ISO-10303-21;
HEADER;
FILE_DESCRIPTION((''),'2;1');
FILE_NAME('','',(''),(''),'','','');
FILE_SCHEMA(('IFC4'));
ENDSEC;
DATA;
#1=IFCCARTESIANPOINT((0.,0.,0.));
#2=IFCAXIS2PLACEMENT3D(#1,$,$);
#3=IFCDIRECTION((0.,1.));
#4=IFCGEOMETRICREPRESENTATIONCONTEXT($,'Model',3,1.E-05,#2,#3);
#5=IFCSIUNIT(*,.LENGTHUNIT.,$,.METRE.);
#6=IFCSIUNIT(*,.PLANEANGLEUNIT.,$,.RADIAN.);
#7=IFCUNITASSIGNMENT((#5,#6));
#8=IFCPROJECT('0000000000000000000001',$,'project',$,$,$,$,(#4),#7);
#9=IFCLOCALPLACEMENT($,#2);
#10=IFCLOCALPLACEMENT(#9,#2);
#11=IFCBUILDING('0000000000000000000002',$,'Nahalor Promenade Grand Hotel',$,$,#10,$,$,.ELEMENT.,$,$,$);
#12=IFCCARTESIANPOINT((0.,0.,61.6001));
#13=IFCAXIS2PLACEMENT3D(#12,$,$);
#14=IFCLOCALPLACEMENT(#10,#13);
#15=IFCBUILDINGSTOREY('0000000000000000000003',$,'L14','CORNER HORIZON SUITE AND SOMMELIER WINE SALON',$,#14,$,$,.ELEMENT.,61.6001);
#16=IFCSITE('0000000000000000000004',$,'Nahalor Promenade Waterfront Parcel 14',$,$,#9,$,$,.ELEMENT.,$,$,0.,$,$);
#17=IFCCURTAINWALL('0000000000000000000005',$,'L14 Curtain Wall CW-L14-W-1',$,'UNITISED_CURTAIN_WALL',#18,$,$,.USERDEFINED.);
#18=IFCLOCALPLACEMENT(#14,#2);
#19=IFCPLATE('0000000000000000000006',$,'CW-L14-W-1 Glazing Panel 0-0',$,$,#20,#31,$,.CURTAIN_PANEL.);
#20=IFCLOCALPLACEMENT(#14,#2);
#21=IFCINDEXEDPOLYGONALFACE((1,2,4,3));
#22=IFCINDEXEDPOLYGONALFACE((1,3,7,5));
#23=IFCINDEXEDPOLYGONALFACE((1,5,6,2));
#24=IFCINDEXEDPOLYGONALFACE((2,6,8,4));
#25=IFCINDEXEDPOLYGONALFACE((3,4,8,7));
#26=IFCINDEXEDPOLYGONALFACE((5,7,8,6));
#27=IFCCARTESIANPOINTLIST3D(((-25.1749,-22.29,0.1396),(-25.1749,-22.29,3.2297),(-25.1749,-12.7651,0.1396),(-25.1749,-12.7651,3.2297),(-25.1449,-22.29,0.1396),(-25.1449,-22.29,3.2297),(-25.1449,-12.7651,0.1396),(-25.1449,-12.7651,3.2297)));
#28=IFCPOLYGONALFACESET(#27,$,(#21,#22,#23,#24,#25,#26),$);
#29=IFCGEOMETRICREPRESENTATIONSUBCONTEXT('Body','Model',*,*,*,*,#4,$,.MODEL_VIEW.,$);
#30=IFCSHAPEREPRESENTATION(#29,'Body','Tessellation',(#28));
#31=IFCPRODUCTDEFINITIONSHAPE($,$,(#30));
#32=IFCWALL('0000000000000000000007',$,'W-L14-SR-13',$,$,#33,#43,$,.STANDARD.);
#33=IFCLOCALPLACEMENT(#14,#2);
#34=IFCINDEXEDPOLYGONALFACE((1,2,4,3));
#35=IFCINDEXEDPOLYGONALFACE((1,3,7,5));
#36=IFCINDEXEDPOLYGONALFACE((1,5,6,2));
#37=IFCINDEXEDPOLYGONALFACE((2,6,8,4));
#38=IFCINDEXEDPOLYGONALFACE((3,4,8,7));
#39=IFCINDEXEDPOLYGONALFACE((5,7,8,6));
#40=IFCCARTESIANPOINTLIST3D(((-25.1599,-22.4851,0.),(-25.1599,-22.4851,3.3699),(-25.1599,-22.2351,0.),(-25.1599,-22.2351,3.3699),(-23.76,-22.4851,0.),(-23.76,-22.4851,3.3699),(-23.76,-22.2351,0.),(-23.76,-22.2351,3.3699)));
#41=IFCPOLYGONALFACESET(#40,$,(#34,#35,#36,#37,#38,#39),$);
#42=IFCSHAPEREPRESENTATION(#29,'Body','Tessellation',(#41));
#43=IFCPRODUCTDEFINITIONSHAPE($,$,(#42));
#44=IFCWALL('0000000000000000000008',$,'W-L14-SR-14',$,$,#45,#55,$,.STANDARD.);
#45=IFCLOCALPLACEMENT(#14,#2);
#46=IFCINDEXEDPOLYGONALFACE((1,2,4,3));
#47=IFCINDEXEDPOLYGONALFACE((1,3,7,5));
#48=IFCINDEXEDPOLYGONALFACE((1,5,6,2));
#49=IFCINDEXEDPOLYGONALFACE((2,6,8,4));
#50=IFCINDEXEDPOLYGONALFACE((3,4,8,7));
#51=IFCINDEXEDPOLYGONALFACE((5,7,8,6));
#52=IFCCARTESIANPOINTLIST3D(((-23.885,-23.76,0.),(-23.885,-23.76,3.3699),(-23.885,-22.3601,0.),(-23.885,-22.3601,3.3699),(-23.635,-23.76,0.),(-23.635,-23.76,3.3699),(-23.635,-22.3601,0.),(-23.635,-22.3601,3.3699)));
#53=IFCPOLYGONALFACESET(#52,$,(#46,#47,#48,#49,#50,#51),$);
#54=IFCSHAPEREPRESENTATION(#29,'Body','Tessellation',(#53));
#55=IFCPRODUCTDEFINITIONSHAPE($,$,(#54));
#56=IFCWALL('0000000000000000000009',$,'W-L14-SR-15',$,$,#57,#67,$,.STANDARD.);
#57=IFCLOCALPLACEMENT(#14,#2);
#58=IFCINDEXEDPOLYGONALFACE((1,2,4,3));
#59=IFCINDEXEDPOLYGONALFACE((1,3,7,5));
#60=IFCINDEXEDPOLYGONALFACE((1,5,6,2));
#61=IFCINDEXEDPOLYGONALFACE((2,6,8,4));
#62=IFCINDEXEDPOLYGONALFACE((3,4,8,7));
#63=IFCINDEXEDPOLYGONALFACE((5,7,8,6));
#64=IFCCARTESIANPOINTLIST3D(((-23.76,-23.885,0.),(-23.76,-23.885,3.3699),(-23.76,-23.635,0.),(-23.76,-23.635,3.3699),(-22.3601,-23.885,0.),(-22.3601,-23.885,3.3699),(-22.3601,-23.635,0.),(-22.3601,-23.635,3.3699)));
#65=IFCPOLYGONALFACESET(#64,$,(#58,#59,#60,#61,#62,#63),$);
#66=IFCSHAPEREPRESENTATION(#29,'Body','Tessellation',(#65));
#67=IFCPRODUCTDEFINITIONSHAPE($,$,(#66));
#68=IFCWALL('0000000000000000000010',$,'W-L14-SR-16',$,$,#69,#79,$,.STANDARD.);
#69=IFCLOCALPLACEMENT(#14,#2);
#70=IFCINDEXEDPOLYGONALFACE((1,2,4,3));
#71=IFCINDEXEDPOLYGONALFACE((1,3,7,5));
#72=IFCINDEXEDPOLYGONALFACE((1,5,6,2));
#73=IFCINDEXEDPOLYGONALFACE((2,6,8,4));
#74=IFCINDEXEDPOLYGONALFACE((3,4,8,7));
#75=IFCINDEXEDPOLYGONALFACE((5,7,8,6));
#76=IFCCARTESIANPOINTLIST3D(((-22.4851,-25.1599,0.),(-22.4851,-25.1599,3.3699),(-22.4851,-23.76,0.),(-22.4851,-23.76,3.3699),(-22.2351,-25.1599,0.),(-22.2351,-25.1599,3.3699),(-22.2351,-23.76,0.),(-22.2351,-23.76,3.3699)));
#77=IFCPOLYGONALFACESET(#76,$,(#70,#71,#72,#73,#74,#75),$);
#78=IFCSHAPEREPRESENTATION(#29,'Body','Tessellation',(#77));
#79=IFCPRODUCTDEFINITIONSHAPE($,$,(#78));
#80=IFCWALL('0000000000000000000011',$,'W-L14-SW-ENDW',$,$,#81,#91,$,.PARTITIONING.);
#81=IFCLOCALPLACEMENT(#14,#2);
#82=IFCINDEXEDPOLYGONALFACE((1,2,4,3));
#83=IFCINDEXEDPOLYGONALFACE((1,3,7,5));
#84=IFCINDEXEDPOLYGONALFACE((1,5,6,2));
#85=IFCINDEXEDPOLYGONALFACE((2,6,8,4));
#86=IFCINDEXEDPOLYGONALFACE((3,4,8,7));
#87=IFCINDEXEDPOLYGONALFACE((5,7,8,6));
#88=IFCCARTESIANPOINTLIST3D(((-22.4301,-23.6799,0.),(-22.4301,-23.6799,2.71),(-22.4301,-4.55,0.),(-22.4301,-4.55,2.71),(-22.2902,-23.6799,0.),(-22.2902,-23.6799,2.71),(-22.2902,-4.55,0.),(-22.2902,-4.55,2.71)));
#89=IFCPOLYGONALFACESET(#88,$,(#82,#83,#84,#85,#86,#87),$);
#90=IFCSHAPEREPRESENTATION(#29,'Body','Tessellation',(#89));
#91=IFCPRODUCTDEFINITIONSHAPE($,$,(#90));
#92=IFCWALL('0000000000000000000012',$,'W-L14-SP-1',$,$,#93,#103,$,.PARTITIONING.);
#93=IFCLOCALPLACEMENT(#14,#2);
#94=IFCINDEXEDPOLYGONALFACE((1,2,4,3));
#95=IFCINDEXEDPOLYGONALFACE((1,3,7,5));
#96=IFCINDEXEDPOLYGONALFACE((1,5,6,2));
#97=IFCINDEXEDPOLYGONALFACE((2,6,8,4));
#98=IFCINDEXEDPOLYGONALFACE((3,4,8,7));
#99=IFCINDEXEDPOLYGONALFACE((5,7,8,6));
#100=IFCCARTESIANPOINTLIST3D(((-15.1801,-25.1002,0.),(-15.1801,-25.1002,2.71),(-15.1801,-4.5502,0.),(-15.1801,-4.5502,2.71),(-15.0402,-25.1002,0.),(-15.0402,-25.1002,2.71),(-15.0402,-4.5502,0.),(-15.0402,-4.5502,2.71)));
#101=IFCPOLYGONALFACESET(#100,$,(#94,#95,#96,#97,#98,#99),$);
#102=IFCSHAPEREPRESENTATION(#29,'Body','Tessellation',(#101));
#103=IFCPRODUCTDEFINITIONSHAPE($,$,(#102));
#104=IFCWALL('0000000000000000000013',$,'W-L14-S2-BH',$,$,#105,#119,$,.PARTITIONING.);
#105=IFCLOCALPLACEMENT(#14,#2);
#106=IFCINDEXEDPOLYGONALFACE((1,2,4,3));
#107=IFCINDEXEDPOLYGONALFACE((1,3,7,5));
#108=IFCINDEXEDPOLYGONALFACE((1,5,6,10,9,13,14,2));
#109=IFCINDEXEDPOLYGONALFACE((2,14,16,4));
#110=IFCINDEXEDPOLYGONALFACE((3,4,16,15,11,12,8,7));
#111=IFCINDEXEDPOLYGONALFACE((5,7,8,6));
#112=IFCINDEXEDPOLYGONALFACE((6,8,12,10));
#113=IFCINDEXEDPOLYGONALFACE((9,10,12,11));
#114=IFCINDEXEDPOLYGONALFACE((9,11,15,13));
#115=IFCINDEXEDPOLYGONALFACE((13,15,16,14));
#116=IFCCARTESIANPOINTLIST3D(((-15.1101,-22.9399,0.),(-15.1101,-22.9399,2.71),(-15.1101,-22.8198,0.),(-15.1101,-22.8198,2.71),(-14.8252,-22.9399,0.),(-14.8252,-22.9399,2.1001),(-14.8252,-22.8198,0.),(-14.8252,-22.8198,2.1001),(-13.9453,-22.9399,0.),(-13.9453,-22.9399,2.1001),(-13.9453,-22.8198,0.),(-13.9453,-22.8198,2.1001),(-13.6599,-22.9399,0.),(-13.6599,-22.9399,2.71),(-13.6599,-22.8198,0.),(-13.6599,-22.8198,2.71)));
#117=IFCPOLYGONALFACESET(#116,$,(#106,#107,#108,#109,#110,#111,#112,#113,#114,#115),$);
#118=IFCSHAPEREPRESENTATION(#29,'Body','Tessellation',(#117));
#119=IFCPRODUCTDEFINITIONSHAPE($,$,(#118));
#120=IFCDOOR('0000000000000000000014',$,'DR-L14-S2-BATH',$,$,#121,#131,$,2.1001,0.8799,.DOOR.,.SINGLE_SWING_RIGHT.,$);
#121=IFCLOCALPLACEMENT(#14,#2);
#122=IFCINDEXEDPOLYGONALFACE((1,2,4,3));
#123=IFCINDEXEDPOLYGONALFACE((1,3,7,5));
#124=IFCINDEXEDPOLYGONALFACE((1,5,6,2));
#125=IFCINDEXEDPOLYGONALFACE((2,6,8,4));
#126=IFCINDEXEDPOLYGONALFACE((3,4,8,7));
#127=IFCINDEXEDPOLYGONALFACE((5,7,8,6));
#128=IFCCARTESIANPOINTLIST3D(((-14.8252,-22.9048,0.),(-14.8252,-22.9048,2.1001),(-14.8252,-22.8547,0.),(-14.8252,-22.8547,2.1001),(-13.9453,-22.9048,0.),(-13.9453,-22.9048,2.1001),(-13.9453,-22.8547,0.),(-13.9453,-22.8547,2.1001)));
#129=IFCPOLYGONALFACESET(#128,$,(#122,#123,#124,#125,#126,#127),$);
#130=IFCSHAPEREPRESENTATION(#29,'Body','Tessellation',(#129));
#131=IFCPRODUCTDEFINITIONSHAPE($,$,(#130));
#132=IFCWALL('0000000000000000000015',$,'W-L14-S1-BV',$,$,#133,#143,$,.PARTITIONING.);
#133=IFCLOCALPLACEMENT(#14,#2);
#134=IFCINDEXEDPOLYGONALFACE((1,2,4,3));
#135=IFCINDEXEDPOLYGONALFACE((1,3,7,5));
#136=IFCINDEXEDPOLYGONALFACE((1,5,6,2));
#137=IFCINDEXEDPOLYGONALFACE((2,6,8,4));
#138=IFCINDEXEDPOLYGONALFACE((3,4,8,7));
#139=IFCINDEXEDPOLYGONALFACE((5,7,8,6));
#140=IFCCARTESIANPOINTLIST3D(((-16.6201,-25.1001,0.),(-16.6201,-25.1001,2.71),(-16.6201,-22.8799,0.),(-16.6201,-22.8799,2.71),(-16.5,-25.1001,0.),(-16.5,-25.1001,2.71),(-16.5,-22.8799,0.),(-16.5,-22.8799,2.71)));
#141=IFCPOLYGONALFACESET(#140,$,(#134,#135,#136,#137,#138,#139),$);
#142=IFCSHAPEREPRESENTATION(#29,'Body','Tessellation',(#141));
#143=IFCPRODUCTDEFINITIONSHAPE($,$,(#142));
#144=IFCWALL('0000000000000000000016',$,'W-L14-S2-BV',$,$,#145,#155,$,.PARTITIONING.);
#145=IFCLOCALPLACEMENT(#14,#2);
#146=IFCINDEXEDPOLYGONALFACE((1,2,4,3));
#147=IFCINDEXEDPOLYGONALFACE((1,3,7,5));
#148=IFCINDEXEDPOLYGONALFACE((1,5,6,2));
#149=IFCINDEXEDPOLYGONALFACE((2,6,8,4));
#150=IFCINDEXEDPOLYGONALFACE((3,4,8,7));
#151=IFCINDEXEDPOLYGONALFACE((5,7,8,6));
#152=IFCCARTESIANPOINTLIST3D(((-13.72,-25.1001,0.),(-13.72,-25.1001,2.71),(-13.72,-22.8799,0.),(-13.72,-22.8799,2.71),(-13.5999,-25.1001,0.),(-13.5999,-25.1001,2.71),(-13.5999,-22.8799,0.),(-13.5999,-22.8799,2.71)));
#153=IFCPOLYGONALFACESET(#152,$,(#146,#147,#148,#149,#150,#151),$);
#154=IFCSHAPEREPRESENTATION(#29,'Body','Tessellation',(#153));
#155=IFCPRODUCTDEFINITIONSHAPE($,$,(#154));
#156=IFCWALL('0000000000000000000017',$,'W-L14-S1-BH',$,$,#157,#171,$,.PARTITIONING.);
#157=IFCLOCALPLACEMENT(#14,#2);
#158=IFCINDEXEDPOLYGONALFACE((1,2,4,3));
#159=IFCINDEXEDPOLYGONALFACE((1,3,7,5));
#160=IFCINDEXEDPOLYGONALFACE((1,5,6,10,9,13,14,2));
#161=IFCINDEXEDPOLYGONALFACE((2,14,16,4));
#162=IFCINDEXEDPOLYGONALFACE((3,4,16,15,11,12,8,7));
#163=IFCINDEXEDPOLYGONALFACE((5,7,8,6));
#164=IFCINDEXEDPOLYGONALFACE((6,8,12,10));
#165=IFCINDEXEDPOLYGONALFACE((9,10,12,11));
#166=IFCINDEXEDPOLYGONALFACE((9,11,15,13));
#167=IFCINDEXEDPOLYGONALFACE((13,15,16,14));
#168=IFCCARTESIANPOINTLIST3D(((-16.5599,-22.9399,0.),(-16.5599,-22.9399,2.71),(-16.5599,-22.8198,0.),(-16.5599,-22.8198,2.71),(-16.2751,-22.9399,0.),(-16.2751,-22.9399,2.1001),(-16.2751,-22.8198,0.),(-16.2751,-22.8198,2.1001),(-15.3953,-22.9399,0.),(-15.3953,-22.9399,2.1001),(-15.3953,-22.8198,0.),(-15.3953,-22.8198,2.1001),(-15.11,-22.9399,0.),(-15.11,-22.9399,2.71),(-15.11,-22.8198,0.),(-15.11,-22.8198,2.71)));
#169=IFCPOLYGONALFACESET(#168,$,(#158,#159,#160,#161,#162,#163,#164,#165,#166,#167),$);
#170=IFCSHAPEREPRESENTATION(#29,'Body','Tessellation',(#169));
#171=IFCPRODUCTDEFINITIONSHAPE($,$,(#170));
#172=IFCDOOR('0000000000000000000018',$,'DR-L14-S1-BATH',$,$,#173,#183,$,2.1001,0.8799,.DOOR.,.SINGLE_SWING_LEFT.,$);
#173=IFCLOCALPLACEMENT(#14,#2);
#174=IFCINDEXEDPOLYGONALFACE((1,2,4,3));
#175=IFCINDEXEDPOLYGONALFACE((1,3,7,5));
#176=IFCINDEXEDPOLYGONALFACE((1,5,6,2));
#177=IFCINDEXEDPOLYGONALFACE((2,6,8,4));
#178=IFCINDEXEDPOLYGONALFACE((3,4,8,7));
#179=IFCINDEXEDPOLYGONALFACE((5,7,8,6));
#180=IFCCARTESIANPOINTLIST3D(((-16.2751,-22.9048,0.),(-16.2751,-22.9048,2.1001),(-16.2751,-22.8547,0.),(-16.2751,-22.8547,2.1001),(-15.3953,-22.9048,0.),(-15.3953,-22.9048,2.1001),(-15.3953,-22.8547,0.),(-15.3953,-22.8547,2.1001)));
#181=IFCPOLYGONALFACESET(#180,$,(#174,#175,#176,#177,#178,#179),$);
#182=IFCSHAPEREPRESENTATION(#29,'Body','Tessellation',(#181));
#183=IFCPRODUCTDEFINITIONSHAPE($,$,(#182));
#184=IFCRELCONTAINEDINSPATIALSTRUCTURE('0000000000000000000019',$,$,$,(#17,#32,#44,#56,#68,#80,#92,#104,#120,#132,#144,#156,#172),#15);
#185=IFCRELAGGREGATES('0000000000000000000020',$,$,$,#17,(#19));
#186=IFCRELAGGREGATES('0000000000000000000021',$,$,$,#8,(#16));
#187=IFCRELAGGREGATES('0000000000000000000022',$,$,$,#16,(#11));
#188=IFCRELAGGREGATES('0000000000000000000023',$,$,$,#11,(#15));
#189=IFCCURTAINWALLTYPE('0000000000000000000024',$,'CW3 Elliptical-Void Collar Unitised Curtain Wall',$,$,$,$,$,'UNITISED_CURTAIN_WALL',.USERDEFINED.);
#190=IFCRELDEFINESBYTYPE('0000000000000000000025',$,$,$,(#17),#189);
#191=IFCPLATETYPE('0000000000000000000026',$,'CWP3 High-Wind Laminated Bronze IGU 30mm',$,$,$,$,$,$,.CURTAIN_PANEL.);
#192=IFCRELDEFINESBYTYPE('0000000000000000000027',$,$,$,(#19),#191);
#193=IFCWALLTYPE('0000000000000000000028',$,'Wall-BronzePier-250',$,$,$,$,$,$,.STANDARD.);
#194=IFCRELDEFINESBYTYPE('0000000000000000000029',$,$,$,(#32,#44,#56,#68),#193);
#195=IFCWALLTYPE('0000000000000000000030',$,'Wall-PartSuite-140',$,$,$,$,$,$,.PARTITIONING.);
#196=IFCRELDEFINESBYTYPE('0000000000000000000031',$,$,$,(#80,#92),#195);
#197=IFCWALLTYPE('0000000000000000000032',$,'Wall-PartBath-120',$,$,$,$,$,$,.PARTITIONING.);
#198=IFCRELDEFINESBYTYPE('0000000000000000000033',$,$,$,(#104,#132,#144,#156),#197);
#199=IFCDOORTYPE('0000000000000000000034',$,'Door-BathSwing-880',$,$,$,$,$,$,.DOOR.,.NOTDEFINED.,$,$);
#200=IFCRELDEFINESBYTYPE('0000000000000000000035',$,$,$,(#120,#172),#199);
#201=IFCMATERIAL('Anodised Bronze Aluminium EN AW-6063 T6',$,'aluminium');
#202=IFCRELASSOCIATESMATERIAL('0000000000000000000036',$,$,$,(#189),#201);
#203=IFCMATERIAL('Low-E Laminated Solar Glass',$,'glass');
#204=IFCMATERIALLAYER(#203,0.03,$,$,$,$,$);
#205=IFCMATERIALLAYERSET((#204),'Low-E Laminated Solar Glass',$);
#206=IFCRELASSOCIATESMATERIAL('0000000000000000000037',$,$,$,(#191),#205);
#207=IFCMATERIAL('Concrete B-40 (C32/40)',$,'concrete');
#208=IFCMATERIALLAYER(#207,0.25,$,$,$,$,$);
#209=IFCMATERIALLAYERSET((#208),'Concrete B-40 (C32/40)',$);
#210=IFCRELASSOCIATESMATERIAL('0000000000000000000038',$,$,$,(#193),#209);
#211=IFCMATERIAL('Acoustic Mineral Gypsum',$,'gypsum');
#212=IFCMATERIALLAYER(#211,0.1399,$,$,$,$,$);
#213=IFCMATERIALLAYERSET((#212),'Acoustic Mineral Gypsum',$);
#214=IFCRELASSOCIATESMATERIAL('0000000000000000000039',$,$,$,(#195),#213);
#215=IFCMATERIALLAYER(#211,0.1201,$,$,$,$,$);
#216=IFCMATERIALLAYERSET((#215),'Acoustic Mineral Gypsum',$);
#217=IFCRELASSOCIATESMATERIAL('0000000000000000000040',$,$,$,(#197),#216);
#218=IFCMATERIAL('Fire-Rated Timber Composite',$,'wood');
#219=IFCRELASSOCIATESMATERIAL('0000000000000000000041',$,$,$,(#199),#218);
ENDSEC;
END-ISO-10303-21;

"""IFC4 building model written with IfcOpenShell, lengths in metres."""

from ifc_helpers import new_model, si_unit, direction, frame, frame_2d, origin, origin_2d, place, context, subcontext, project, spatial, rectangle, extrude, source, transform, mapped, material, layer, layer_set, type_object, element, fill, aggregate, save


model = new_model("IFC4")

# Units and contexts
model_context = context("Model", 3, precision=1e-05, world=origin(), true_north=direction((0.0, 1.0)))
body_context = subcontext(model_context, "Body", "Model", "MODEL_VIEW")
ifc_project = project(units=[si_unit("LENGTHUNIT", "METRE"), si_unit("PLANEANGLEUNIT", "RADIAN")], contexts=[model_context])

# Site, building, storey
site_placement = place(None, origin())
site = spatial("IfcSite", under=ifc_project, at=site_placement, Name="Nahalor Promenade Waterfront Parcel 14", CompositionType="ELEMENT", RefElevation=0.0)
building_placement = place(site_placement, origin())
building = spatial("IfcBuilding", under=site, at=building_placement, Name="Nahalor Promenade Grand Hotel", CompositionType="ELEMENT")
storey_placement = place(building_placement, frame((0.0, 0.0, 61.6001)))
storey = spatial("IfcBuildingStorey", under=building, at=storey_placement, Name="L14", Description="CORNER HORIZON SUITE AND SOMMELIER WINE SALON", CompositionType="ELEMENT", Elevation=61.6001)

# Shared definitions
ifc_material_1 = material(Name="Anodised Bronze Aluminium EN AW-6063 T6", Category="aluminium")
curtain_wall_type = type_object("IfcCurtainWallType", Name="CW3 Elliptical-Void Collar Unitised Curtain Wall", ElementType="UNITISED_CURTAIN_WALL", PredefinedType="USERDEFINED", material=ifc_material_1)

# Curtain wall
curtain_wall_1_placement = place(storey_placement, origin())
curtain_wall_1 = element("IfcCurtainWall", 1, at=curtain_wall_1_placement, inside=storey, type_object=curtain_wall_type, Name="L14 Curtain Wall CW-L14-W-1", ObjectType="UNITISED_CURTAIN_WALL", PredefinedType="USERDEFINED")

# Plate
ifc_material_2 = material(Name="Low-E Laminated Solar Glass", Category="glass")
ifc_layer_1 = layer(ifc_material_2, 0.03)
ifc_layer_set_1 = layer_set([ifc_layer_1], Name="Low-E Laminated Solar Glass")
plate_type = type_object("IfcPlateType", Name="CWP3 High-Wind Laminated Bronze IGU 30mm", PredefinedType="CURTAIN_PANEL", material=ifc_layer_set_1)
shared_shape_1 = source(origin(), body_context, "Body", "SweptSolid", [
    extrude(rectangle(XDim=9.5249, YDim=0.03, at=origin_2d()), origin(), (0.0, 0.0, 1.0), 3.0901),
])
plate_1_placement = place(storey_placement, frame((-25.1599, -17.5276, 0.1396), z_axis=(0.0, 0.0, 1.0), x_axis=(0.0, 1.0, 0.0)))
plate_1 = element("IfcPlate", 2, at=plate_1_placement, type_object=plate_type, Name="CW-L14-W-1 Glazing Panel 0-0", PredefinedType="CURTAIN_PANEL", context=body_context, shape_type="MappedRepresentation", body=[
    mapped(shared_shape_1, transform((0.0, 0.0, 0.0), scale=1.0)),
])
aggregate(curtain_wall_1, [plate_1])

# Walls
ifc_material_3 = material(Name="Concrete B-40 (C32/40)", Category="concrete")
ifc_layer_2 = layer(ifc_material_3, 0.25)
ifc_layer_set_2 = layer_set([ifc_layer_2], Name="Concrete B-40 (C32/40)")
wall_type_1 = type_object("IfcWallType", Name="Wall-BronzePier-250", PredefinedType="STANDARD", material=ifc_layer_set_2)
shared_shape_2 = source(origin(), body_context, "Body", "SweptSolid", [
    extrude(rectangle(XDim=1.3999, YDim=0.25, at=frame_2d((0.7, 0.0))), origin(), (0.0, 0.0, 1.0), 3.3699),
])
for number, where, z_axis, x_axis, name in (
    (3, (-25.1599, -22.3601, 0.0), (0.0, 0.0, 1.0), (1.0, 0.0, 0.0), "W-L14-SR-13"),
    (4, (-23.76, -23.76, 0.0), (0.0, 0.0, 1.0), (0.0, 1.0, 0.0), "W-L14-SR-14"),
    (5, (-23.76, -23.76, 0.0), (0.0, 0.0, 1.0), (1.0, 0.0, 0.0), "W-L14-SR-15"),
    (6, (-22.3601, -25.1599, 0.0), (0.0, 0.0, 1.0), (0.0, 1.0, 0.0), "W-L14-SR-16"),
):
    element("IfcWall", number, at=place(storey_placement, frame(where, z_axis=z_axis, x_axis=x_axis)), inside=storey, type_object=wall_type_1, Name=name, PredefinedType="STANDARD", context=body_context, shape_type="MappedRepresentation", body=[
        mapped(shared_shape_2, transform((0.0, 0.0, 0.0), scale=1.0)),
    ])
ifc_material_4 = material(Name="Acoustic Mineral Gypsum", Category="gypsum")
ifc_layer_3 = layer(ifc_material_4, 0.1399)
ifc_layer_set_3 = layer_set([ifc_layer_3], Name="Acoustic Mineral Gypsum")
wall_type_2 = type_object("IfcWallType", Name="Wall-PartSuite-140", PredefinedType="PARTITIONING", material=ifc_layer_set_3)
shared_shape_3 = source(origin(), body_context, "Body", "SweptSolid", [
    extrude(rectangle(XDim=19.1299, YDim=0.1399, at=frame_2d((9.5649, 0.0))), origin(), (0.0, 0.0, 1.0), 2.71),
])
wall_1_placement = place(storey_placement, frame((-22.3601, -23.6799, 0.0), z_axis=(0.0, 0.0, 1.0), x_axis=(0.0, 1.0, 0.0)))
element("IfcWall", 7, at=wall_1_placement, inside=storey, type_object=wall_type_2, Name="W-L14-SW-ENDW", PredefinedType="PARTITIONING", context=body_context, shape_type="MappedRepresentation", body=[
    mapped(shared_shape_3, transform((0.0, 0.0, 0.0), scale=1.0)),
])
shared_shape_4 = source(origin(), body_context, "Body", "SweptSolid", [
    extrude(rectangle(XDim=20.55, YDim=0.1399, at=frame_2d((10.2749, 0.0))), origin(), (0.0, 0.0, 1.0), 2.71),
])
wall_2_placement = place(storey_placement, frame((-15.1101, -25.1001, 0.0), z_axis=(0.0, 0.0, 1.0), x_axis=(0.0, 1.0, 0.0)))
element("IfcWall", 8, at=wall_2_placement, inside=storey, type_object=wall_type_2, Name="W-L14-SP-1", PredefinedType="PARTITIONING", context=body_context, shape_type="MappedRepresentation", body=[
    mapped(shared_shape_4, transform((0.0, 0.0, 0.0), scale=1.0)),
])

# Wall, opening, door
ifc_layer_4 = layer(ifc_material_4, 0.1201)
ifc_layer_set_4 = layer_set([ifc_layer_4], Name="Acoustic Mineral Gypsum")
wall_type_3 = type_object("IfcWallType", Name="Wall-PartBath-120", PredefinedType="PARTITIONING", material=ifc_layer_set_4)
shared_shape_5 = source(origin(), body_context, "Body", "SweptSolid", [
    extrude(rectangle(XDim=1.4502, YDim=0.1201, at=frame_2d((0.7251, 0.0))), origin(), (0.0, 0.0, 1.0), 2.71),
])
wall_3_placement = place(storey_placement, frame((-15.1101, -22.8799, 0.0), z_axis=(0.0, 0.0, 1.0), x_axis=(1.0, 0.0, 0.0)))
wall_3 = element("IfcWall", 9, at=wall_3_placement, inside=storey, type_object=wall_type_3, Name="W-L14-S2-BH", PredefinedType="PARTITIONING", context=body_context, shape_type="MappedRepresentation", body=[
    mapped(shared_shape_5, transform((0.0, 0.0, 0.0), scale=1.0)),
])
opening_1_placement = place(wall_3_placement, frame((0.2849, 0.0, 0.0)))
opening_1 = element("IfcOpeningElement", 10, at=opening_1_placement, cuts=wall_3, PredefinedType="OPENING", context=body_context, shape_type="SweptSolid", body=[
    extrude(rectangle(XDim=0.8799, YDim=2.1001, at=frame_2d((0.4399, 1.05))), frame((0.0, 0.0701, 0.0), z_axis=(0.0, -1.0, 0.0), x_axis=(1.0, 0.0, 0.0)), (0.0, 0.0, 1.0), 0.1401),
])
ifc_material_5 = material(Name="Fire-Rated Timber Composite", Category="wood")
door_type = type_object("IfcDoorType", Name="Door-BathSwing-880", OperationType="NOTDEFINED", PredefinedType="DOOR", material=ifc_material_5)
shared_shape_6 = source(origin(), body_context, "Body", "SweptSolid", [
    extrude(rectangle(XDim=0.8799, YDim=2.1001, at=frame_2d((0.4399, 1.05))), frame((0.0, 0.0249, 0.0), z_axis=(0.0, -1.0, 0.0), x_axis=(1.0, 0.0, 0.0)), (0.0, 0.0, 1.0), 0.05),
])
door_1_placement = place(opening_1_placement, frame((0.8799, 0.0, 0.0), z_axis=(0.0, 0.0, 1.0), x_axis=(-1.0, 0.0, 0.0)))
door_1 = element("IfcDoor", 11, at=door_1_placement, inside=storey, type_object=door_type, Name="DR-L14-S2-BATH", OperationType="SINGLE_SWING_RIGHT", OverallHeight=2.1001, OverallWidth=0.8799, PredefinedType="DOOR", context=body_context, shape_type="MappedRepresentation", body=[
    mapped(shared_shape_6, transform((0.0, 0.0, 0.0), scale=1.0)),
])
fill(opening_1, door_1)

# Walls
shared_shape_7 = source(origin(), body_context, "Body", "SweptSolid", [
    extrude(rectangle(XDim=2.2202, YDim=0.1201, at=frame_2d((1.1101, 0.0))), origin(), (0.0, 0.0, 1.0), 2.71),
])
for number, where, z_axis, x_axis, name in (
    (12, (-16.5601, -25.1001, 0.0), (0.0, 0.0, 1.0), (0.0, 1.0, 0.0), "W-L14-S1-BV"),
    (13, (-13.6599, -25.1001, 0.0), (0.0, 0.0, 1.0), (0.0, 1.0, 0.0), "W-L14-S2-BV"),
):
    element("IfcWall", number, at=place(storey_placement, frame(where, z_axis=z_axis, x_axis=x_axis)), inside=storey, type_object=wall_type_3, Name=name, PredefinedType="PARTITIONING", context=body_context, shape_type="MappedRepresentation", body=[
        mapped(shared_shape_7, transform((0.0, 0.0, 0.0), scale=1.0)),
    ])

# Wall, opening, door
shared_shape_8 = source(origin(), body_context, "Body", "SweptSolid", [
    extrude(rectangle(XDim=1.45, YDim=0.1201, at=frame_2d((0.7251, 0.0))), origin(), (0.0, 0.0, 1.0), 2.71),
])
wall_4_placement = place(storey_placement, frame((-16.5601, -22.8799, 0.0), z_axis=(0.0, 0.0, 1.0), x_axis=(1.0, 0.0, 0.0)))
wall_4 = element("IfcWall", 14, at=wall_4_placement, inside=storey, type_object=wall_type_3, Name="W-L14-S1-BH", PredefinedType="PARTITIONING", context=body_context, shape_type="MappedRepresentation", body=[
    mapped(shared_shape_8, transform((0.0, 0.0, 0.0), scale=1.0)),
])
opening_2_placement = place(wall_4_placement, frame((0.2849, 0.0, 0.0)))
opening_2 = element("IfcOpeningElement", 15, at=opening_2_placement, cuts=wall_4, PredefinedType="OPENING", context=body_context, shape_type="SweptSolid", body=[
    extrude(rectangle(XDim=0.8799, YDim=2.1001, at=frame_2d((0.4399, 1.05))), frame((0.0, 0.0701, 0.0), z_axis=(0.0, -1.0, 0.0), x_axis=(1.0, 0.0, 0.0)), (0.0, 0.0, 1.0), 0.1401),
])
door_2_placement = place(opening_2_placement, frame((0.8799, 0.0, 0.0), z_axis=(0.0, 0.0, 1.0), x_axis=(-1.0, 0.0, 0.0)))
door_2 = element("IfcDoor", 16, at=door_2_placement, inside=storey, type_object=door_type, Name="DR-L14-S1-BATH", OperationType="SINGLE_SWING_LEFT", OverallHeight=2.1001, OverallWidth=0.8799, PredefinedType="DOOR", context=body_context, shape_type="MappedRepresentation", body=[
    mapped(shared_shape_6, transform((0.0, 0.0, 0.0), scale=1.0)),
])
fill(opening_2, door_2)

save(model, "model.ifc")
